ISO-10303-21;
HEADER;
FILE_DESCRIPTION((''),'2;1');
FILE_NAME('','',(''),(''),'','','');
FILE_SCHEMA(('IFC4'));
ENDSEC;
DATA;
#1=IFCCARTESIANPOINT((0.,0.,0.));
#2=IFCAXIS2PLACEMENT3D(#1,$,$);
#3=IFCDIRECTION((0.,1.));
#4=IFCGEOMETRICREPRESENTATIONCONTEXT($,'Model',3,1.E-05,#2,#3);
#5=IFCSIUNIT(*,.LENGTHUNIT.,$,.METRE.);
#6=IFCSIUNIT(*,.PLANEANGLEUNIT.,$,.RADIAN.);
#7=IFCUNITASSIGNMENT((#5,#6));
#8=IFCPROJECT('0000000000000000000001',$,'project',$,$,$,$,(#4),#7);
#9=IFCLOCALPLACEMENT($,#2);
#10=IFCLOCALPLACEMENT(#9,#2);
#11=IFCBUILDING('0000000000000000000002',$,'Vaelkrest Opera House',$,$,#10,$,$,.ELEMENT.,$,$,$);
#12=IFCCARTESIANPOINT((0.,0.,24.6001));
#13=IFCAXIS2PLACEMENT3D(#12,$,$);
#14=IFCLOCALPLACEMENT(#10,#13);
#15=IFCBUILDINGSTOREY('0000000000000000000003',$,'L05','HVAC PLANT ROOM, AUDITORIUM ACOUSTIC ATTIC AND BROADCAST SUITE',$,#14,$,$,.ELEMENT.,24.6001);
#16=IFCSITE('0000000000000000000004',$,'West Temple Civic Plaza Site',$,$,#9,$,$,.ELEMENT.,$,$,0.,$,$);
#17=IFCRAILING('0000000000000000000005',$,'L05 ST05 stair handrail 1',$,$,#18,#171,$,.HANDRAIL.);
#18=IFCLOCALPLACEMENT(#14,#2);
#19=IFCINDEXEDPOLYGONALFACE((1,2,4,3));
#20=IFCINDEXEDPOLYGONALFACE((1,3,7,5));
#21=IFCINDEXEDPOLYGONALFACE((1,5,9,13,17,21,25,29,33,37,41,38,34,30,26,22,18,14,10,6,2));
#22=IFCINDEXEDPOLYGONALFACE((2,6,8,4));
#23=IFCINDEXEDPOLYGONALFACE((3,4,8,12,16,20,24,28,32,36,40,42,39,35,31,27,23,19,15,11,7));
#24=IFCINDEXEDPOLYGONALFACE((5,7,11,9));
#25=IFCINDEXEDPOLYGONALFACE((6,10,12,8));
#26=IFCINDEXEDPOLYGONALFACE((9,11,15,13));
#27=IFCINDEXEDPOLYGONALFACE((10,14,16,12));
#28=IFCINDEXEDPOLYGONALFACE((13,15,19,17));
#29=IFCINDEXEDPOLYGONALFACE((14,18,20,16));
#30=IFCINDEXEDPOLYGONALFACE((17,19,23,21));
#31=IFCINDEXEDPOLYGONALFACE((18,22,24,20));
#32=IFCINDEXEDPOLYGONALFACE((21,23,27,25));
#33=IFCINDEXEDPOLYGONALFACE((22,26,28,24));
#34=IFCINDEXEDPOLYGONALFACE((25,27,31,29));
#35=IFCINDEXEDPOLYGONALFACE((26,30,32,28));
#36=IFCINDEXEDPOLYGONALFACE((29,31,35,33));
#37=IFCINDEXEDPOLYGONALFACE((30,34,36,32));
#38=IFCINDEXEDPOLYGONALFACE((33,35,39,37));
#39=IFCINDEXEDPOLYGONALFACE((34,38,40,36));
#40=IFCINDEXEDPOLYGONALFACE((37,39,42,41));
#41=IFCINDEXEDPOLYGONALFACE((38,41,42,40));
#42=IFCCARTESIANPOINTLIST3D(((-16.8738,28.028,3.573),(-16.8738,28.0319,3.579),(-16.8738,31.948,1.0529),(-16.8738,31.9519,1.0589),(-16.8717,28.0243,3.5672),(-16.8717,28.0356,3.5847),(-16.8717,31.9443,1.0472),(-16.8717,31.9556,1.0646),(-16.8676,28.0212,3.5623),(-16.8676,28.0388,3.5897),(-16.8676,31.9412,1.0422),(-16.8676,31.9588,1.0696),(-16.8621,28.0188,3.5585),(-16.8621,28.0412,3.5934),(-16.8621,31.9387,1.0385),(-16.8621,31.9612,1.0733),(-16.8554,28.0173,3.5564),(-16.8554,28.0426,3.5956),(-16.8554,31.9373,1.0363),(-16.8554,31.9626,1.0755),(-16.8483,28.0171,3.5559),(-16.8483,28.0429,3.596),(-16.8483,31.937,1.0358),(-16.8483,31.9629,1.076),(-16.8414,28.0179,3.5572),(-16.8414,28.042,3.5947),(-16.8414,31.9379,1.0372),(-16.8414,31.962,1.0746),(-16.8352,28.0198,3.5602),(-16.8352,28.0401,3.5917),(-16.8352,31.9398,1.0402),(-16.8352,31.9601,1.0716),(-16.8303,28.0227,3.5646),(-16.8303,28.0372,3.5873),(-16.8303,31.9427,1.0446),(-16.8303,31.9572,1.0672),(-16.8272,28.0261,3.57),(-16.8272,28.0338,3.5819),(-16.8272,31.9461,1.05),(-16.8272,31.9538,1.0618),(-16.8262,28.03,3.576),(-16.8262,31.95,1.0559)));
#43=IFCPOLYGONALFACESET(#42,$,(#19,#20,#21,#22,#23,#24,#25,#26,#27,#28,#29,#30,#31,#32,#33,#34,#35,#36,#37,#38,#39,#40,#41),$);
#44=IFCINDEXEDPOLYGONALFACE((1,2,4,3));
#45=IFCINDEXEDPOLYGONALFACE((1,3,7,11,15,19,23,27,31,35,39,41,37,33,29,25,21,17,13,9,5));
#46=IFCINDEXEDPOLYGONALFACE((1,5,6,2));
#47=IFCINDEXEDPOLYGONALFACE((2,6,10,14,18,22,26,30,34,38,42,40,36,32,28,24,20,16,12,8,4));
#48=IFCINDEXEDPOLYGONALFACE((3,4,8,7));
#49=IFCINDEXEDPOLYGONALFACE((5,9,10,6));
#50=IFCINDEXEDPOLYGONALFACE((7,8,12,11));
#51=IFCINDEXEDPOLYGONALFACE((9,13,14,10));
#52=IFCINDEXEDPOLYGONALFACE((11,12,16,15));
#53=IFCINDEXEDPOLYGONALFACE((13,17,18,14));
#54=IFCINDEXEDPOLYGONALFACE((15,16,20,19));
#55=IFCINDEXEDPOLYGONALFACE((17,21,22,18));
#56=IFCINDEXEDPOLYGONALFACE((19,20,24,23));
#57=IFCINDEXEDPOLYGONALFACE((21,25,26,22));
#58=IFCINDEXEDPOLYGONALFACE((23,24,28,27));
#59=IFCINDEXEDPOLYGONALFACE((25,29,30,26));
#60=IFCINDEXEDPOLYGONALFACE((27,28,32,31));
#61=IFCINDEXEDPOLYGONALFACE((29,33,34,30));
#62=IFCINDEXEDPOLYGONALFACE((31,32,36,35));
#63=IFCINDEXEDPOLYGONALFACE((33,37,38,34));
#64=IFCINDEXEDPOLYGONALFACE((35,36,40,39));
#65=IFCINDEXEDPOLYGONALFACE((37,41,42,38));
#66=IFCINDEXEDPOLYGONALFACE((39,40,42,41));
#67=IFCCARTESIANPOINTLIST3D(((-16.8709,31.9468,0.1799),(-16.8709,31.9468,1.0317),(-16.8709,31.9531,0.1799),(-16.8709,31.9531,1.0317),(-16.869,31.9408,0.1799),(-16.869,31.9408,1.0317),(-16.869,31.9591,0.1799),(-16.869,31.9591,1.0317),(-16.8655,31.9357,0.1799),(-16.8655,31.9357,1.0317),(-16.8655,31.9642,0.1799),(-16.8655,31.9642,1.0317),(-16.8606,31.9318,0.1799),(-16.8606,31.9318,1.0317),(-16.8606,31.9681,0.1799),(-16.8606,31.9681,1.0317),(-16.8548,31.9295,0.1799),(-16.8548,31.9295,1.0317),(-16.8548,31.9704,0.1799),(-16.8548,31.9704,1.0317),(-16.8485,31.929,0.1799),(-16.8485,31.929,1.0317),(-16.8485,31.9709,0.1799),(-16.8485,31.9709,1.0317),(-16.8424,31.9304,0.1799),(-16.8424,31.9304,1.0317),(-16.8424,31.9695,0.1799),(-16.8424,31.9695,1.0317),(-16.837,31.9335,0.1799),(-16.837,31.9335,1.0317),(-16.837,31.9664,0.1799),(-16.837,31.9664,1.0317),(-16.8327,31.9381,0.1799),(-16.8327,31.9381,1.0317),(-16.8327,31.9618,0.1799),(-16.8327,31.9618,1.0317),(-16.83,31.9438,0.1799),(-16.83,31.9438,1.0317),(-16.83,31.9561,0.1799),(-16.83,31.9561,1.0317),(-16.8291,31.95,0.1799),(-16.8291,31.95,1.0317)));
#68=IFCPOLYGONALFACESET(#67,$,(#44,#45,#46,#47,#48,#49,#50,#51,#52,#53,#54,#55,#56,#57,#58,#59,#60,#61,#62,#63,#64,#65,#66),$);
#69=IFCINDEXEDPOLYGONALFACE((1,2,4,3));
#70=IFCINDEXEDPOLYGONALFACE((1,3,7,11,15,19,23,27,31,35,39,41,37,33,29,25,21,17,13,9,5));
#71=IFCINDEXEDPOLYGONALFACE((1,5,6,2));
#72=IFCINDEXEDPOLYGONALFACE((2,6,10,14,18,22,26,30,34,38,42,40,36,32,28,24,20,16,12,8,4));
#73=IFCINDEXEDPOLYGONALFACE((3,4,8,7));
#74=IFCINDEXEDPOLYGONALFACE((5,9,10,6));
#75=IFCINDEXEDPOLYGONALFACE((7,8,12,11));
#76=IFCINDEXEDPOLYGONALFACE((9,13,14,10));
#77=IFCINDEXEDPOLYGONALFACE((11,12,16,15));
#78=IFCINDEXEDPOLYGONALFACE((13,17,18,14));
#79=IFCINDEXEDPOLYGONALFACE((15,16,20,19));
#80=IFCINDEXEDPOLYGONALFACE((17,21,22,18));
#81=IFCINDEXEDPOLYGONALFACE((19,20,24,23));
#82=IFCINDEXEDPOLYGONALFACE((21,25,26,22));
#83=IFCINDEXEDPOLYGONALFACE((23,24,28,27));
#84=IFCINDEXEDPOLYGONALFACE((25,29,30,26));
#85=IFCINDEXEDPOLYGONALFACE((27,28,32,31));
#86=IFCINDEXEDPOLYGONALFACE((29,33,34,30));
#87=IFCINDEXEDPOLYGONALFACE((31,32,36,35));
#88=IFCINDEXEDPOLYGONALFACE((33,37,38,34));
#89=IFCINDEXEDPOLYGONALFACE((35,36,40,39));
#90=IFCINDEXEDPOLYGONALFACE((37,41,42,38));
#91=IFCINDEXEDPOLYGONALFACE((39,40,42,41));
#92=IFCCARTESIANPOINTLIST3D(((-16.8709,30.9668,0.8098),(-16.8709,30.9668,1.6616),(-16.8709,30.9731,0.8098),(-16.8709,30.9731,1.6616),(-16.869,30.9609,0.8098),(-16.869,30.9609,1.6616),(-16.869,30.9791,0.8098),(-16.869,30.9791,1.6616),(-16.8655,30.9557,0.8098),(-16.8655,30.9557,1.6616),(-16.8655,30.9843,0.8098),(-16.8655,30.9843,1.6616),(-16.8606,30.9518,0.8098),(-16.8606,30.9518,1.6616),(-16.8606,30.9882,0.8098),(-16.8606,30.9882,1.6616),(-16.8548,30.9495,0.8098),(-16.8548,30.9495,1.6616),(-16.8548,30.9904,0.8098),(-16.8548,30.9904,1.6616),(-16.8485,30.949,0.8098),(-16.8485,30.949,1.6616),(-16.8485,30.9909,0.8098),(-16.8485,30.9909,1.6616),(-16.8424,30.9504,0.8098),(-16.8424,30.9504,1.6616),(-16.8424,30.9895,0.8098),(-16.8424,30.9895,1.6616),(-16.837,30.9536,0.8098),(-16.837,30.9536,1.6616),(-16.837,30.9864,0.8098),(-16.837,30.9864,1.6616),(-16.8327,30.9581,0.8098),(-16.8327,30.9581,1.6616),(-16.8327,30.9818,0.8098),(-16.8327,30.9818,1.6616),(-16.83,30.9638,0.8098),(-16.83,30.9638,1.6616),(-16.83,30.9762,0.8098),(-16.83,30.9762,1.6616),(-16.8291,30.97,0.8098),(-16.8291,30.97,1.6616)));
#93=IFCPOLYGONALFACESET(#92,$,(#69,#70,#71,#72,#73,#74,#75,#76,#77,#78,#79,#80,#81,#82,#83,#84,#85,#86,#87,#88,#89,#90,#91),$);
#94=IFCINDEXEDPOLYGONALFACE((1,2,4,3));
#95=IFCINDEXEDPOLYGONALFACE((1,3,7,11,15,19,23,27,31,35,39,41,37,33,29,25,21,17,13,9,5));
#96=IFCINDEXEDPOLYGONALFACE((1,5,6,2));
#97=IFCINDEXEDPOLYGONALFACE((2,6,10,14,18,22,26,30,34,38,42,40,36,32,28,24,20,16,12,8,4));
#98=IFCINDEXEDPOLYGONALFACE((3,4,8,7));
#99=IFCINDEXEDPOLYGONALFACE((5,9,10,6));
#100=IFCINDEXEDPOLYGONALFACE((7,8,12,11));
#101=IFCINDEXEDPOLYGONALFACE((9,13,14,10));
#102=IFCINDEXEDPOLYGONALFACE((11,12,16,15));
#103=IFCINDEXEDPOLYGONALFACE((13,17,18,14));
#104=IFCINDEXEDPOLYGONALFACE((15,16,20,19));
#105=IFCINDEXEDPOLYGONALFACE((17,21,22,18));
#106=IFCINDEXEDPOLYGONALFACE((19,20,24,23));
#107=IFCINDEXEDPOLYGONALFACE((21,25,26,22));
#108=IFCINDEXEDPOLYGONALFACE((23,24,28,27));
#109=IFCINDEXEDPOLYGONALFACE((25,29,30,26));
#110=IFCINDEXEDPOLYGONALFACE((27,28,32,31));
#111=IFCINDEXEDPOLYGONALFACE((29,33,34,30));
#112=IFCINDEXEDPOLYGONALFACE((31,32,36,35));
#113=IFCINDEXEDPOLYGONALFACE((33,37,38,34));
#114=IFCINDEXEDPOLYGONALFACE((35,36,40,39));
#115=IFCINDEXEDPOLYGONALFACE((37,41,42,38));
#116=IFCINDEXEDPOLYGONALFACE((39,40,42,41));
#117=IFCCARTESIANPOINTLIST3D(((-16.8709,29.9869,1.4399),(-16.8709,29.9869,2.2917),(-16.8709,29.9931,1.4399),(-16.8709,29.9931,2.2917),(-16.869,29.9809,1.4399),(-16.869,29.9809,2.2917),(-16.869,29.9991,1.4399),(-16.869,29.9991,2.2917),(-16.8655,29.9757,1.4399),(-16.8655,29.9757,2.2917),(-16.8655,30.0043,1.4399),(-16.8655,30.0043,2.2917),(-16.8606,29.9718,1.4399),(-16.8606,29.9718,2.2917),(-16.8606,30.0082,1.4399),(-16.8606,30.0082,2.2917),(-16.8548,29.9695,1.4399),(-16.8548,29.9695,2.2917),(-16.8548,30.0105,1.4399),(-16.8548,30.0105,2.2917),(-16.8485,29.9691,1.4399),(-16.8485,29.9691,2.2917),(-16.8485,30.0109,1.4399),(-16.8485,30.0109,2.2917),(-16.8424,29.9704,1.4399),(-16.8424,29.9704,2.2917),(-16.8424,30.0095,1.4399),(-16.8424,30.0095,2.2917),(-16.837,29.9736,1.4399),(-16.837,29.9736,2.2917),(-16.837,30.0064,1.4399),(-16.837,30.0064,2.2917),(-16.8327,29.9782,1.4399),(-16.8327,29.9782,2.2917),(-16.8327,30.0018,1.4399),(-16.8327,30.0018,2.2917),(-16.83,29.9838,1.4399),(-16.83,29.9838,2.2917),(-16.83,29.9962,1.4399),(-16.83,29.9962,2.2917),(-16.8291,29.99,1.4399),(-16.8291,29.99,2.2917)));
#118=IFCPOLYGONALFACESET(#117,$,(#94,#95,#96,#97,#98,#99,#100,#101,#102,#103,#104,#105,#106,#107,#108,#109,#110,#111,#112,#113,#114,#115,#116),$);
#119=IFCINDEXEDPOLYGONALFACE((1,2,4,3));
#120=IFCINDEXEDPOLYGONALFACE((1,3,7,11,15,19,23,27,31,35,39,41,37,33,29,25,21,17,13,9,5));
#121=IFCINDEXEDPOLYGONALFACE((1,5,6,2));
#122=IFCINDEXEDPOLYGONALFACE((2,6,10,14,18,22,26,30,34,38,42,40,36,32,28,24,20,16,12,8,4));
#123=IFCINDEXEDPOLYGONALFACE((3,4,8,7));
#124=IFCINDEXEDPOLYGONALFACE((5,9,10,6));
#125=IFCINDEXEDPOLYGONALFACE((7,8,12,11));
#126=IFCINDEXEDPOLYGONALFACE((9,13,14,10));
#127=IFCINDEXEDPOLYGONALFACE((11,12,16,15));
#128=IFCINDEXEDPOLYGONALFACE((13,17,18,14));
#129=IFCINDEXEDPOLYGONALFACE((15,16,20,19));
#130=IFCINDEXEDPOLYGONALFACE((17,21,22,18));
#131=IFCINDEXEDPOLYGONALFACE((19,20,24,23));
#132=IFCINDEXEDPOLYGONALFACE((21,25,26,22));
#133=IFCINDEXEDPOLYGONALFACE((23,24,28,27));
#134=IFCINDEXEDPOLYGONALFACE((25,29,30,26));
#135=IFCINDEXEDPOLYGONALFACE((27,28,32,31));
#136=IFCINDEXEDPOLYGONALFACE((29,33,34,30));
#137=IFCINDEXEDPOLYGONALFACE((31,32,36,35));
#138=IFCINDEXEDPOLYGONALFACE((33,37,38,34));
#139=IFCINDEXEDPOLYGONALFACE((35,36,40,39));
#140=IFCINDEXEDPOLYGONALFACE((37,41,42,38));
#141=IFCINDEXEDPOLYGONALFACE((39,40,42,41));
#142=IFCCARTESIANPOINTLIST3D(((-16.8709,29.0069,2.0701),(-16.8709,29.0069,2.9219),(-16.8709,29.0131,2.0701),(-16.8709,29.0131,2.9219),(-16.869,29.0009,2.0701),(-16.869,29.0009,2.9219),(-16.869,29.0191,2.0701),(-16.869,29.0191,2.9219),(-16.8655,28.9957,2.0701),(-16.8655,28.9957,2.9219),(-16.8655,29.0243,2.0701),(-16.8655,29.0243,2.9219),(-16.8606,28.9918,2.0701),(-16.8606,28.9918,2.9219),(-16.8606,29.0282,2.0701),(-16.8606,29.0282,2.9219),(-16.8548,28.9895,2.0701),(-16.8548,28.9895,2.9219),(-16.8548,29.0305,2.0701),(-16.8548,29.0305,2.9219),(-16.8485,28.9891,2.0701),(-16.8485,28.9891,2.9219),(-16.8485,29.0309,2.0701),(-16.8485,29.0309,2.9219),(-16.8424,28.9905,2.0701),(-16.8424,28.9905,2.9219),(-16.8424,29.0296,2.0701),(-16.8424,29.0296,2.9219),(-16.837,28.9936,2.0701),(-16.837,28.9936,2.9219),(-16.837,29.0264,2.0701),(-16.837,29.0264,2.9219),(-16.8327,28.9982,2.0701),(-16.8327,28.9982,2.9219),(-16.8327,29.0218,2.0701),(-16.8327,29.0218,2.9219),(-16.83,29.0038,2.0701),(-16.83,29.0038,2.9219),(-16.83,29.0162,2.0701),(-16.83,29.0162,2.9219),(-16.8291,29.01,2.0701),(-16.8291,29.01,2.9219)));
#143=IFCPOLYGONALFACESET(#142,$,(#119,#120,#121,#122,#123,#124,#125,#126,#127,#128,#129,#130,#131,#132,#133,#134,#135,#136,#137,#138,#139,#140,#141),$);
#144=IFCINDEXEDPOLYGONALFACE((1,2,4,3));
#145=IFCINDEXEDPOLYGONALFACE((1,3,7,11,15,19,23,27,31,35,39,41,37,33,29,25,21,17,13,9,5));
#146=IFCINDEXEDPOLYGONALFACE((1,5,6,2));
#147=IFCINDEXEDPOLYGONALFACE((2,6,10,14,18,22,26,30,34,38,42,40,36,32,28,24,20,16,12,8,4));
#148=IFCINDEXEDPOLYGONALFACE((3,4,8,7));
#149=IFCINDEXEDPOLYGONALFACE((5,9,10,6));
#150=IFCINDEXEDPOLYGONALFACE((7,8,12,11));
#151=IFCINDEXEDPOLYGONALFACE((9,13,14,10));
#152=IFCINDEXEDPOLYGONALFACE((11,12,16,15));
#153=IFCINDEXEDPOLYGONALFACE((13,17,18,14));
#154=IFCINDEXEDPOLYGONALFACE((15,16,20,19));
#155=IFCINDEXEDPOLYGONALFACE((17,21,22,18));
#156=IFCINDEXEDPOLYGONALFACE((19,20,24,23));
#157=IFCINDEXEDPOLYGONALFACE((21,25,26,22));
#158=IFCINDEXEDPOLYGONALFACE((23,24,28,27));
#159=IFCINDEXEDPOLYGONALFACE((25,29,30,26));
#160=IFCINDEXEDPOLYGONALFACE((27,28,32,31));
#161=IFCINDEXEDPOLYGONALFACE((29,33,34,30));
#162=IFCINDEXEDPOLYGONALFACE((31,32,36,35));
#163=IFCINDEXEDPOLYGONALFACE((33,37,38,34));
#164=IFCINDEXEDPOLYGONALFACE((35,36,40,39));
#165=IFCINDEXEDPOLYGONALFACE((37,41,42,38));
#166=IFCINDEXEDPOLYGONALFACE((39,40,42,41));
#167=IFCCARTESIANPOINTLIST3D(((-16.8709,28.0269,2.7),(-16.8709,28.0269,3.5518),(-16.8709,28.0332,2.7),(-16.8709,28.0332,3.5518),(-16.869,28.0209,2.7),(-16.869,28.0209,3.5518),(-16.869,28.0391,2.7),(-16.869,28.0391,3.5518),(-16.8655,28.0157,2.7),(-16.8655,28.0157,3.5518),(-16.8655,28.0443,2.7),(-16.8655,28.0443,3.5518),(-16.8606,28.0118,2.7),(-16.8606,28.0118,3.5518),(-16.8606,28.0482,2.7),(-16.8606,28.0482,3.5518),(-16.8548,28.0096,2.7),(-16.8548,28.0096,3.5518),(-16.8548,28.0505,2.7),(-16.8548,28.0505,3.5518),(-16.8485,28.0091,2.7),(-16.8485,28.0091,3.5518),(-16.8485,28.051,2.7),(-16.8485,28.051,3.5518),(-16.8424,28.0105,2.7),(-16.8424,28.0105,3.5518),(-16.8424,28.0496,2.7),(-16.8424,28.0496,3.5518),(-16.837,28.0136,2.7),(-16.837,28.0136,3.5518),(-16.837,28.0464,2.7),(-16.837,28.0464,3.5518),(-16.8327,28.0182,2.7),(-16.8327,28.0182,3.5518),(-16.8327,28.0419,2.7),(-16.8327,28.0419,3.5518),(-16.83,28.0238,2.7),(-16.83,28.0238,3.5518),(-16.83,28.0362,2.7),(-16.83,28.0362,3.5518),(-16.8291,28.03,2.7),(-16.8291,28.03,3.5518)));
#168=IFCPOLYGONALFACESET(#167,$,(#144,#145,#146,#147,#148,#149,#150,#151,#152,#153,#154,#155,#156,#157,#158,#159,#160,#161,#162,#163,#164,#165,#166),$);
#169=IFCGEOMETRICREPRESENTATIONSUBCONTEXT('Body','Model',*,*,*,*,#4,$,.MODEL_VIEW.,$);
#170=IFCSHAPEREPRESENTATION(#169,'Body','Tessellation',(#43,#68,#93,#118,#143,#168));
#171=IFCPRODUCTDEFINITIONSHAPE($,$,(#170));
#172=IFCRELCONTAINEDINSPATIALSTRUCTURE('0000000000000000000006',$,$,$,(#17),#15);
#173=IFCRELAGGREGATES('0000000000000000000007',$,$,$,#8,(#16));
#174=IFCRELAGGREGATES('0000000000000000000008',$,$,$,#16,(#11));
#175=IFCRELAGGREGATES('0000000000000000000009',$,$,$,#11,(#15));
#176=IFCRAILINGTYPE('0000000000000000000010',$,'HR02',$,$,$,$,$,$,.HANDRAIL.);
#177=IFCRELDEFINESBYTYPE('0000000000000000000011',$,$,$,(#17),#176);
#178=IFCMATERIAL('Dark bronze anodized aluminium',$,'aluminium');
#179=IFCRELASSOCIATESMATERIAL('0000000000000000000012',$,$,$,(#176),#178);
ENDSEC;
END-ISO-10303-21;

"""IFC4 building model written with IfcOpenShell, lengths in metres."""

from ifc_helpers import new_model, si_unit, direction, frame, origin, origin_2d, place, context, subcontext, project, spatial, circle, extrude, material, type_object, element, save


model = new_model("IFC4")

# Units and contexts
model_context = context("Model", 3, precision=1e-05, world=origin(), true_north=direction((0.0, 1.0)))
body_context = subcontext(model_context, "Body", "Model", "MODEL_VIEW")
ifc_project = project(units=[si_unit("LENGTHUNIT", "METRE"), si_unit("PLANEANGLEUNIT", "RADIAN")], contexts=[model_context])

# Site, building, storey
site_placement = place(None, origin())
site = spatial("IfcSite", under=ifc_project, at=site_placement, Name="West Temple Civic Plaza Site", CompositionType="ELEMENT", RefElevation=0.0)
building_placement = place(site_placement, origin())
building = spatial("IfcBuilding", under=site, at=building_placement, Name="Vaelkrest Opera House", CompositionType="ELEMENT")
storey_placement = place(building_placement, frame((0.0, 0.0, 24.6001)))
storey = spatial("IfcBuildingStorey", under=building, at=storey_placement, Name="L05", Description="HVAC PLANT ROOM, AUDITORIUM ACOUSTIC ATTIC AND BROADCAST SUITE", CompositionType="ELEMENT", Elevation=24.6001)

# Railing
ifc_material_1 = material(Name="Dark bronze anodized aluminium", Category="aluminium")
railing_type_1 = type_object("IfcRailingType", Name="HR02", PredefinedType="HANDRAIL", material=ifc_material_1)
railing_1_placement = place(storey_placement, frame((-16.8501, 31.95, 0.1799)))
element("IfcRailing", 1, at=railing_1_placement, inside=storey, type_object=railing_type_1, Name="L05 ST05 stair handrail 1", PredefinedType="HANDRAIL", context=body_context, shape_type="SweptSolid", body=[
    extrude(circle(Radius=0.0239, at=origin_2d()), frame((0.0, 0.0, 0.876), z_axis=(0.0, -0.841172, 0.540768), x_axis=(1.0, 0.0, 0.0)), (0.0, 0.0, 1.0), 4.6602),
    extrude(circle(Radius=0.021, at=origin_2d()), origin(), (0.0, 0.0, 1.0), 0.8518),
    extrude(circle(Radius=0.021, at=origin_2d()), frame((0.0, -0.98, 0.6299)), (0.0, 0.0, 1.0), 0.8518),
    extrude(circle(Radius=0.021, at=origin_2d()), frame((0.0, -1.96, 1.26)), (0.0, 0.0, 1.0), 0.8518),
    extrude(circle(Radius=0.021, at=origin_2d()), frame((0.0, -2.9399, 1.8901)), (0.0, 0.0, 1.0), 0.8518),
    extrude(circle(Radius=0.021, at=origin_2d()), frame((0.0, -3.9199, 2.52)), (0.0, 0.0, 1.0), 0.8518),
])

save(model, "model.ifc")
